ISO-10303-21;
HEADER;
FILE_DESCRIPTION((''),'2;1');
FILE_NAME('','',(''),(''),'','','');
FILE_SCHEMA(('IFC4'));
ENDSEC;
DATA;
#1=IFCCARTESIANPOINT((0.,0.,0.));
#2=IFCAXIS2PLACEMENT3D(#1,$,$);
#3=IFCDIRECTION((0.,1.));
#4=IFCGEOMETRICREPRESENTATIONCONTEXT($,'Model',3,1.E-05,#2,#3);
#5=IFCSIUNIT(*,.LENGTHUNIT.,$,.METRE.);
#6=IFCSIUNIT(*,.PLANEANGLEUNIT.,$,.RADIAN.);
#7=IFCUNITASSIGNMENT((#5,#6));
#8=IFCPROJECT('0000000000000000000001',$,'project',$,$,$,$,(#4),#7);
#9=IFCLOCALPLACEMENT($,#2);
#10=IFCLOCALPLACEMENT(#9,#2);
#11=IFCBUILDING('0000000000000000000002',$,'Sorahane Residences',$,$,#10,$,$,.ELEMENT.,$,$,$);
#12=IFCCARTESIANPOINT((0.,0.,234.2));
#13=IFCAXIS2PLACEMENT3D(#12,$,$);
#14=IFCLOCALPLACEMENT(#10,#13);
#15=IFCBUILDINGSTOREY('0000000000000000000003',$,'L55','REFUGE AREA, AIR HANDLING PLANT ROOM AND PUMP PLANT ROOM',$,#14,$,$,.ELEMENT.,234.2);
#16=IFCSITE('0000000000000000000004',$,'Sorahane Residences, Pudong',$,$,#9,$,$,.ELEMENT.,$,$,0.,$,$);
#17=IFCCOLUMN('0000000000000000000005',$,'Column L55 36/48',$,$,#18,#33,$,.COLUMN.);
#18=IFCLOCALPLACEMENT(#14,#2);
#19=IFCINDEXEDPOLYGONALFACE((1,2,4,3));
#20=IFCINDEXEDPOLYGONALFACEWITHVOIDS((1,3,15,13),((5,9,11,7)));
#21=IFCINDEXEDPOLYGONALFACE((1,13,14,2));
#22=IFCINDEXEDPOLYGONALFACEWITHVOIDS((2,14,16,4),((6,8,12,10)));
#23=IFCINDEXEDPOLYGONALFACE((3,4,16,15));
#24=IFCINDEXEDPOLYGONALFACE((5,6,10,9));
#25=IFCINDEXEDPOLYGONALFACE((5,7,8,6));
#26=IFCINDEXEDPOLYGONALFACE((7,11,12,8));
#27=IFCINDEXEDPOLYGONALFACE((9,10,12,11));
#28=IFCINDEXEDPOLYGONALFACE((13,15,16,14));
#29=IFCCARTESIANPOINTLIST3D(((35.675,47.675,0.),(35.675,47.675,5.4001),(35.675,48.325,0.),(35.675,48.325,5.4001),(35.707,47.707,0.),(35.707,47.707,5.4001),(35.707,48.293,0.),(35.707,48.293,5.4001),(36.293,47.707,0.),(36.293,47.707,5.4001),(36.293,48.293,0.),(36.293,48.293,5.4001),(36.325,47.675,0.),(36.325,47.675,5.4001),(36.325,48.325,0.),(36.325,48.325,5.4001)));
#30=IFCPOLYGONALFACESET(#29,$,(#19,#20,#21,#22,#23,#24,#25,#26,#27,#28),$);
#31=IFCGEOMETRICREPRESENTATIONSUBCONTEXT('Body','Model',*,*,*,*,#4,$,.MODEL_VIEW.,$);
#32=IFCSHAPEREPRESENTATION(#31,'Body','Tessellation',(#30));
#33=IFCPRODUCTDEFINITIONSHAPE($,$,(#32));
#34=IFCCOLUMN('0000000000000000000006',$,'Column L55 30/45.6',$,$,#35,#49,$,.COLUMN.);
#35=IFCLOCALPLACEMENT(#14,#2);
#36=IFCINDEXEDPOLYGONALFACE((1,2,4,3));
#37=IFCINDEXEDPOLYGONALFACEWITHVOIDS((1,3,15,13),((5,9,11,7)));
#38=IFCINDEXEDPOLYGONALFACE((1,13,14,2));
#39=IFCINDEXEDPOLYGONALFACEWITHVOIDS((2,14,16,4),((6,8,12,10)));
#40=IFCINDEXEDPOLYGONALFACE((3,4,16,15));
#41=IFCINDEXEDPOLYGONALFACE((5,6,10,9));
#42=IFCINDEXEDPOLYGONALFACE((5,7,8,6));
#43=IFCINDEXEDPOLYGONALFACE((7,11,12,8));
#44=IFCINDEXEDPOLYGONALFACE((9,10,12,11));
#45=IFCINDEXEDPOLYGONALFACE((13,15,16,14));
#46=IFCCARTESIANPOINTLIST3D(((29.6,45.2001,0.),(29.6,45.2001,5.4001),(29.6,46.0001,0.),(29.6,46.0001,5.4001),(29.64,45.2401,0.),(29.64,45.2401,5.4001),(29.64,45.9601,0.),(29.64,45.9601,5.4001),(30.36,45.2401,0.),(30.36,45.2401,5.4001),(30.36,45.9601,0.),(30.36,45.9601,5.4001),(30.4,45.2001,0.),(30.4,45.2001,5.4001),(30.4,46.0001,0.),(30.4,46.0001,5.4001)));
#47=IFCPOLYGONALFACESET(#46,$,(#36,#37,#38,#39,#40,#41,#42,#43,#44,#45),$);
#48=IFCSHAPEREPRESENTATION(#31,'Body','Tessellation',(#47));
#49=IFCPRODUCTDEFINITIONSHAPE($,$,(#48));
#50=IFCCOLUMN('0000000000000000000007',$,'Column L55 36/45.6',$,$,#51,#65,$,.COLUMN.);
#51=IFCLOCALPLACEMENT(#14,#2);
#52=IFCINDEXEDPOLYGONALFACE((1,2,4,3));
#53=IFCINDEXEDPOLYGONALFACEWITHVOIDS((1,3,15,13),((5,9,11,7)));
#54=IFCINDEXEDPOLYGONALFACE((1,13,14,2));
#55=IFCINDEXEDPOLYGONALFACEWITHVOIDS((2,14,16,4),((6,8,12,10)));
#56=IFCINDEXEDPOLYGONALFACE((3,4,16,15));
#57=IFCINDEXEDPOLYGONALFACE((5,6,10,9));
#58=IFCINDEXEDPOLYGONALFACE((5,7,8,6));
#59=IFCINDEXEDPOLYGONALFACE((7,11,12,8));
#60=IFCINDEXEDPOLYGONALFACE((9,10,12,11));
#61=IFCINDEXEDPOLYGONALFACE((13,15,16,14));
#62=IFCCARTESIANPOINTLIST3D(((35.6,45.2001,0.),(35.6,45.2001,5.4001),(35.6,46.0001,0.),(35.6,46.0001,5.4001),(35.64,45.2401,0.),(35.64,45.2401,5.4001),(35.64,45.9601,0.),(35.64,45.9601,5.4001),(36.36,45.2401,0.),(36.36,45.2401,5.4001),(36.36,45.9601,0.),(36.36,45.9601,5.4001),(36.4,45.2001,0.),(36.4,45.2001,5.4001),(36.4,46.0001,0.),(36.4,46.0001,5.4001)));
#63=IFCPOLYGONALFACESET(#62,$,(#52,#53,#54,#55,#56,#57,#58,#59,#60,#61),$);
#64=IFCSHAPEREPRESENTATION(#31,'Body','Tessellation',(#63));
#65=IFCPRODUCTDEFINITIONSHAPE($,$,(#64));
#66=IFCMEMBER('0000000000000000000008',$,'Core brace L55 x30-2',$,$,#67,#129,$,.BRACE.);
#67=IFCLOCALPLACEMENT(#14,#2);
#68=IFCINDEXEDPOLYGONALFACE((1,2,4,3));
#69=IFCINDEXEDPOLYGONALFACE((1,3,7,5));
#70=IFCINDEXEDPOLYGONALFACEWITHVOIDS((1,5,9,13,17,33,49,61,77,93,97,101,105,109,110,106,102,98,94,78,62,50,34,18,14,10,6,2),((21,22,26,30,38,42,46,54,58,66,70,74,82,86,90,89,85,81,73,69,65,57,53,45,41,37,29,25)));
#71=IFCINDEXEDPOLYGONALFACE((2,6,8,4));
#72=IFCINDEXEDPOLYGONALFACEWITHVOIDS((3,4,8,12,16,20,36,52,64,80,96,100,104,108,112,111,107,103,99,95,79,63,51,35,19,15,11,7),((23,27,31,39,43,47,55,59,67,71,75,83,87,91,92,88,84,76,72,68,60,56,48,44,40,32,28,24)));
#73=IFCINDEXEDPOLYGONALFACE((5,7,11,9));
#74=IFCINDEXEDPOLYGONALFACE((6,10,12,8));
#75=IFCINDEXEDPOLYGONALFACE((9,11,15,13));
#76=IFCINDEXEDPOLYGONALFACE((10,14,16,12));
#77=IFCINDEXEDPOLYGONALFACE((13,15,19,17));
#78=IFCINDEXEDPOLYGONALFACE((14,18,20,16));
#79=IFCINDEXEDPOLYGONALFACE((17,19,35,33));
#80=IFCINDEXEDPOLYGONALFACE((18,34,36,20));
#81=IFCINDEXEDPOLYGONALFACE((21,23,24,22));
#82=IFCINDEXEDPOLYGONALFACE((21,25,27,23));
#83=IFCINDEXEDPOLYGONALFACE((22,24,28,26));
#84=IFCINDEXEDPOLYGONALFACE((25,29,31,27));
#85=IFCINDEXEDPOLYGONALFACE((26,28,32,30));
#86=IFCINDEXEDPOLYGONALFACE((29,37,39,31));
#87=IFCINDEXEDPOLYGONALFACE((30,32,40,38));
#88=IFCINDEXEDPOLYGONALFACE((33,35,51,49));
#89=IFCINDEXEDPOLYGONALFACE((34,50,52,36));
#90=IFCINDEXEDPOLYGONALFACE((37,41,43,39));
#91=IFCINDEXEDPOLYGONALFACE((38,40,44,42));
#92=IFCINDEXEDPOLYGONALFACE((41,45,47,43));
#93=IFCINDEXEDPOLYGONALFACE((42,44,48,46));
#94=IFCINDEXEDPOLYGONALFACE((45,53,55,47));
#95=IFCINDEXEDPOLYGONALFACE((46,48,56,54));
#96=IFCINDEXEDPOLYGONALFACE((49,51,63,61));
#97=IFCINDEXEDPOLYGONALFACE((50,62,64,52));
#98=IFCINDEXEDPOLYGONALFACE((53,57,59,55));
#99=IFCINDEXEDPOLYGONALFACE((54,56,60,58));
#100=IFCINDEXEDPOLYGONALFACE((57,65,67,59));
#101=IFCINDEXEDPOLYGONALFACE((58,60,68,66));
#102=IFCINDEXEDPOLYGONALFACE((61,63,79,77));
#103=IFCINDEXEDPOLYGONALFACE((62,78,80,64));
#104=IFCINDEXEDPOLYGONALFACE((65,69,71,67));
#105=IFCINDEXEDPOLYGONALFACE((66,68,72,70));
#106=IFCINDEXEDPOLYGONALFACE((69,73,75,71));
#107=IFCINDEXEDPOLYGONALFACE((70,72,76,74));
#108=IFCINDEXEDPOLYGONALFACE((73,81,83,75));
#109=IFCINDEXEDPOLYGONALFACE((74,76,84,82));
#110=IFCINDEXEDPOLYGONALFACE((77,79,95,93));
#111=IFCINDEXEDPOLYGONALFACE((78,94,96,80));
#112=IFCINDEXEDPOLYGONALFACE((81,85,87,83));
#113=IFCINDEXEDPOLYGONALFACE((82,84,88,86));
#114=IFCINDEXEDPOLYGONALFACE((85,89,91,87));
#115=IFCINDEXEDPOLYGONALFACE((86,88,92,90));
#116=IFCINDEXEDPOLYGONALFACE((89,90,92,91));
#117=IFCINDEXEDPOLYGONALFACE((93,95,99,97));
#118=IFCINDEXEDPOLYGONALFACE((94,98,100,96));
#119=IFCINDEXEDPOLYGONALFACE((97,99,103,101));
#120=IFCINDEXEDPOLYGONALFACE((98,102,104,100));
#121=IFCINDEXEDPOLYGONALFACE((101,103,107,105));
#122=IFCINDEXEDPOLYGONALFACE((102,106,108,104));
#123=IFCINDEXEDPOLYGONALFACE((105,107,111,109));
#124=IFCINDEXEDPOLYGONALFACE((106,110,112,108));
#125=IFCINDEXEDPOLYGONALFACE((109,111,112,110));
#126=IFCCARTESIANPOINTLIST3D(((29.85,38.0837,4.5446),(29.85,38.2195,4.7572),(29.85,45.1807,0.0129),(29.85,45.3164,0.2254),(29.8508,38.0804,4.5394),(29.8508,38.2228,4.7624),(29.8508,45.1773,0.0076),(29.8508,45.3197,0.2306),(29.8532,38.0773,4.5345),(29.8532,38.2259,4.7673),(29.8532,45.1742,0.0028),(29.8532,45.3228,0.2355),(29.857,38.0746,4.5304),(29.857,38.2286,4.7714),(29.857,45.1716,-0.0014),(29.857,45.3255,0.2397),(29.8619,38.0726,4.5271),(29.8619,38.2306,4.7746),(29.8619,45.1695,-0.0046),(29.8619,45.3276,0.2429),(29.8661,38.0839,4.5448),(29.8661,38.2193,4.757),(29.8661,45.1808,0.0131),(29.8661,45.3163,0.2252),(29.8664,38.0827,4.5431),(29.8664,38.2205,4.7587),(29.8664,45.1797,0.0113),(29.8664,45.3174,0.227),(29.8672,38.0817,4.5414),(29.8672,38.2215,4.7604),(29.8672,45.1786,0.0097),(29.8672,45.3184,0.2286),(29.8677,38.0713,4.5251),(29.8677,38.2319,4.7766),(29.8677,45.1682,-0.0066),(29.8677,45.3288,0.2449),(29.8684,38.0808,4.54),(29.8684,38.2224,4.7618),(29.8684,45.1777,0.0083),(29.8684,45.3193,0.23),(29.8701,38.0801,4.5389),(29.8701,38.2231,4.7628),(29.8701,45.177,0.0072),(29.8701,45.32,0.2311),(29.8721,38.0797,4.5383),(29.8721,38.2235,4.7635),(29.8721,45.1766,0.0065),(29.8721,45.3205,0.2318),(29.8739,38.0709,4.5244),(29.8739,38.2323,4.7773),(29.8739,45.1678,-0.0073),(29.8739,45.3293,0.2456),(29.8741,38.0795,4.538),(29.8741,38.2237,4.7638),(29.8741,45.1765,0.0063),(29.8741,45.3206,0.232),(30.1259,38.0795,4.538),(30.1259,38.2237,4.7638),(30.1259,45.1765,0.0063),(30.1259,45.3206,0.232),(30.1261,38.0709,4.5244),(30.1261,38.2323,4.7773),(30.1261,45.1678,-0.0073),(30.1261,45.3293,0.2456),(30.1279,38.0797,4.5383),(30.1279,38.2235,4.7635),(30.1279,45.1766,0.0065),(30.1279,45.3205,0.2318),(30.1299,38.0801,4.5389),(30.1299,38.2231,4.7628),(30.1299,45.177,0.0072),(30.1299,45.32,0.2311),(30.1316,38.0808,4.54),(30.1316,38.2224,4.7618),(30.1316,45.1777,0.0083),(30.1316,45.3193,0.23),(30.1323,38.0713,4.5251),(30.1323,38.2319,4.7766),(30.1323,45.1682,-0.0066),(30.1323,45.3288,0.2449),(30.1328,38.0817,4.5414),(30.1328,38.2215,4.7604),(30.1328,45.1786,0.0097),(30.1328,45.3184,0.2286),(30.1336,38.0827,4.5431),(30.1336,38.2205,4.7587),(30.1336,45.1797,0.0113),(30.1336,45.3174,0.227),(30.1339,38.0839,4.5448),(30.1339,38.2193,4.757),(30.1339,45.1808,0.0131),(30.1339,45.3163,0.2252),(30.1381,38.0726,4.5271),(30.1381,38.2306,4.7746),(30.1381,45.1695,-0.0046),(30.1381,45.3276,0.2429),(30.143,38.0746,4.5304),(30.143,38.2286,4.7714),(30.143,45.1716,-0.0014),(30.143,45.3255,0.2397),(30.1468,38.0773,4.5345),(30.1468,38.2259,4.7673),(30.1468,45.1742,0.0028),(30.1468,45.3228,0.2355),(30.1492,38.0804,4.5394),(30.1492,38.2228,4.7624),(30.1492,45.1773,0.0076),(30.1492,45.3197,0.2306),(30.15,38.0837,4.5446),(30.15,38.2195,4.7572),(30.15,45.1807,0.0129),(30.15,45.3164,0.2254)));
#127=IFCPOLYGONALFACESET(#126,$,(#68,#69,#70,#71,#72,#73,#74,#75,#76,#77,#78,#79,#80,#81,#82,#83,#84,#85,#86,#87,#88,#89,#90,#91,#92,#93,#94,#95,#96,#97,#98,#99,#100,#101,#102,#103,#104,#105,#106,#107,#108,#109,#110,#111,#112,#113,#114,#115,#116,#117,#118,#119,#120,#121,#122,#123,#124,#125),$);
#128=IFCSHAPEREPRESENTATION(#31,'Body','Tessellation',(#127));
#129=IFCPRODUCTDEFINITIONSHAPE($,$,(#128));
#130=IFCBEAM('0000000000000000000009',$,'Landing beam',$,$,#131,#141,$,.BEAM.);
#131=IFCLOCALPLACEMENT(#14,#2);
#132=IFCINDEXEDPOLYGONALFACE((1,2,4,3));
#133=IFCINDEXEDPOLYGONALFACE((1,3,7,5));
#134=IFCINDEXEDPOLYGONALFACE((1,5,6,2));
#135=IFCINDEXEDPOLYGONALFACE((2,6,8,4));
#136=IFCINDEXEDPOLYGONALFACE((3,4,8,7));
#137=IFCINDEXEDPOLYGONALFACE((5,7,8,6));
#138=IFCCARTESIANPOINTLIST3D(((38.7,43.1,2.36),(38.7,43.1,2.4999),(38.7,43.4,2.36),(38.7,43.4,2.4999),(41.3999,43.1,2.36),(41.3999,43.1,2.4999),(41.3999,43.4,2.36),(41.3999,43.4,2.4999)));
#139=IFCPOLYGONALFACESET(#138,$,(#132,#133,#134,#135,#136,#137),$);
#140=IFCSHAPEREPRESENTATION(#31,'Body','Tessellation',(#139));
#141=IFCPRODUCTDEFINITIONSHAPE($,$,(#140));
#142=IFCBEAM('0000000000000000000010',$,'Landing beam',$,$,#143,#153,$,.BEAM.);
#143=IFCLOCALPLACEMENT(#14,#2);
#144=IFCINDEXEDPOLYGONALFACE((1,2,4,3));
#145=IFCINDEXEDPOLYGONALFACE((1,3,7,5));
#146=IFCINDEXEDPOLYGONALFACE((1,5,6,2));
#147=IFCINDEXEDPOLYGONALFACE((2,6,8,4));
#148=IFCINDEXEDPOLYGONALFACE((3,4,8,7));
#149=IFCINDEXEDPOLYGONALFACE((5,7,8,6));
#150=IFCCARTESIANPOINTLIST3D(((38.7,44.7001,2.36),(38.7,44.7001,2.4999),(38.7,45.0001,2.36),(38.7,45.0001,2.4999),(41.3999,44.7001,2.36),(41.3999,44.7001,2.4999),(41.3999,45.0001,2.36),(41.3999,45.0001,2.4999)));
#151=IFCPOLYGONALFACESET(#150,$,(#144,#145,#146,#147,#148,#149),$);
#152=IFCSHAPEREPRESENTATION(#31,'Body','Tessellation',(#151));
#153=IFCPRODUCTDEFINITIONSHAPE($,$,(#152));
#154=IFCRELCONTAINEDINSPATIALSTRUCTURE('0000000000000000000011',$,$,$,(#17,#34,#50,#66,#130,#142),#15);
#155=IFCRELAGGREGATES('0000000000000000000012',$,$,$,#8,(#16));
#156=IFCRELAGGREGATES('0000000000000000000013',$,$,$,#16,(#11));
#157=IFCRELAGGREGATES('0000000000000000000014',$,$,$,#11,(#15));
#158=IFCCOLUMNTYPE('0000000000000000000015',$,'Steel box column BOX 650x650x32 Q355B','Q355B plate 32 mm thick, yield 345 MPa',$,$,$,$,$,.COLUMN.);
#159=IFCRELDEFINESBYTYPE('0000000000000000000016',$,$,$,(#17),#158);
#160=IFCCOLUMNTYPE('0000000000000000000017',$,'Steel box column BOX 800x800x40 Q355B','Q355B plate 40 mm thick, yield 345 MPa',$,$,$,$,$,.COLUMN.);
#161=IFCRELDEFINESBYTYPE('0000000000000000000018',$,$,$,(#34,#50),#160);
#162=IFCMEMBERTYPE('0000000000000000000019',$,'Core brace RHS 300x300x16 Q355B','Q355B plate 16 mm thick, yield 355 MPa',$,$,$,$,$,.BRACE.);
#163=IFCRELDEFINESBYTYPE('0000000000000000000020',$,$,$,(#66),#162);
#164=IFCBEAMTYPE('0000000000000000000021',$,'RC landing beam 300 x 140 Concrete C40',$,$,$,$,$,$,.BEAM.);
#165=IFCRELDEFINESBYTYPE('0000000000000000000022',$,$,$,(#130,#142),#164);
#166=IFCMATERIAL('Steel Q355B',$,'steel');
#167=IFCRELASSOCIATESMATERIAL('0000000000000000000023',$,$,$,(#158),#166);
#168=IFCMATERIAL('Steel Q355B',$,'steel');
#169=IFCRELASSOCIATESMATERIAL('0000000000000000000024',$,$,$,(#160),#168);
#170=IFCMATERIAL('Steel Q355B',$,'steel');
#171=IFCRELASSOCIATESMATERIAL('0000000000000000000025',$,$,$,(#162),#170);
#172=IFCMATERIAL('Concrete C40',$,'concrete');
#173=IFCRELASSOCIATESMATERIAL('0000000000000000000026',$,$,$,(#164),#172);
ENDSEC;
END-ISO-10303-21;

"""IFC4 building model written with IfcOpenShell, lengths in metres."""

from ifc_helpers import new_model, si_unit, direction, frame, origin, origin_2d, place, context, subcontext, project, spatial, rectangle, hollow_rectangle, extrude, material, material_profile, profile_set, type_object, element, save


model = new_model("IFC4")

# Units and contexts
model_context = context("Model", 3, precision=1e-05, world=origin(), true_north=direction((0.0, 1.0)))
body_context = subcontext(model_context, "Body", "Model", "MODEL_VIEW")
ifc_project = project(units=[si_unit("LENGTHUNIT", "METRE"), si_unit("PLANEANGLEUNIT", "RADIAN")], contexts=[model_context])

# Site, building, storey
site_placement = place(None, origin())
site = spatial("IfcSite", under=ifc_project, at=site_placement, Name="Sorahane Residences, Pudong", CompositionType="ELEMENT", RefElevation=0.0)
building_placement = place(site_placement, origin())
building = spatial("IfcBuilding", under=site, at=building_placement, Name="Sorahane Residences", CompositionType="ELEMENT")
storey_placement = place(building_placement, frame((0.0, 0.0, 234.2)))
storey = spatial("IfcBuildingStorey", under=building, at=storey_placement, Name="L55", Description="REFUGE AREA, AIR HANDLING PLANT ROOM AND PUMP PLANT ROOM", CompositionType="ELEMENT", Elevation=234.2)

# Columns
ifc_material_1 = material(Name="Steel Q355B", Category="steel")
ifc_material_profile_1 = material_profile(ifc_material_1, hollow_rectangle(XDim=0.6499, YDim=0.6499, WallThickness=0.032, at=origin_2d()), Name="BOX 650x650x32")
ifc_profile_set_1 = profile_set([ifc_material_profile_1], Name="Steel Q355B")
column_type_1 = type_object("IfcColumnType", Name="Steel box column BOX 650x650x32 Q355B", Description="Q355B plate 32 mm thick, yield 345 MPa", PredefinedType="COLUMN", material=ifc_profile_set_1)
column_placement = place(storey_placement, frame((36.0, 48.0, 0.0), z_axis=(0.0, 0.0, 1.0), x_axis=(1.0, 0.0, 0.0)))
element("IfcColumn", 1, at=column_placement, inside=storey, type_object=column_type_1, Name="Column L55 36/48", PredefinedType="COLUMN", context=body_context, shape_type="SweptSolid", body=[
    extrude(hollow_rectangle(XDim=0.6499, YDim=0.6499, WallThickness=0.032, at=origin_2d()), origin(), (0.0, 0.0, 1.0), 5.4001),
])
ifc_material_2 = material(Name="Steel Q355B", Category="steel")
ifc_material_profile_2 = material_profile(ifc_material_2, hollow_rectangle(XDim=0.8, YDim=0.8, WallThickness=0.04, at=origin_2d()), Name="BOX 800x800x40")
ifc_profile_set_2 = profile_set([ifc_material_profile_2], Name="Steel Q355B")
column_type_2 = type_object("IfcColumnType", Name="Steel box column BOX 800x800x40 Q355B", Description="Q355B plate 40 mm thick, yield 345 MPa", PredefinedType="COLUMN", material=ifc_profile_set_2)
for number, where, z_axis, x_axis, name in (
    (2, (30.0, 45.6001, 0.0), (0.0, 0.0, 1.0), (1.0, 0.0, 0.0), "Column L55 30/45.6"),
    (3, (36.0, 45.6001, 0.0), (0.0, 0.0, 1.0), (1.0, 0.0, 0.0), "Column L55 36/45.6"),
):
    element("IfcColumn", number, at=place(storey_placement, frame(where, z_axis=z_axis, x_axis=x_axis)), inside=storey, type_object=column_type_2, Name=name, PredefinedType="COLUMN", context=body_context, shape_type="SweptSolid", body=[
        extrude(hollow_rectangle(XDim=0.8, YDim=0.8, WallThickness=0.04, at=origin_2d()), origin(), (0.0, 0.0, 1.0), 5.4001),
    ])

# Member
ifc_material_3 = material(Name="Steel Q355B", Category="steel")
ifc_material_profile_3 = material_profile(ifc_material_3, hollow_rectangle(XDim=0.3, YDim=0.3, WallThickness=0.0161, InnerFilletRadius=0.0081, OuterFilletRadius=0.0239, at=origin_2d()), Name="RHS 300x300x16")
ifc_profile_set_3 = profile_set([ifc_material_profile_3], Name="Steel Q355B")
member_type = type_object("IfcMemberType", Name="Core brace RHS 300x300x16 Q355B", Description="Q355B plate 16 mm thick, yield 355 MPa", PredefinedType="BRACE", material=ifc_profile_set_3)
member_placement = place(storey_placement, frame((30.0, 45.2485, 0.1191), z_axis=(0.0, -0.842826, 0.538186), x_axis=(1.0, 0.0, 0.0)))
element("IfcMember", 4, at=member_placement, inside=storey, type_object=member_type, Name="Core brace L55 x30-2", PredefinedType="BRACE", context=body_context, shape_type="SweptSolid", body=[
    extrude(hollow_rectangle(XDim=0.3, YDim=0.3, WallThickness=0.0161, InnerFilletRadius=0.0081, OuterFilletRadius=0.0239, at=origin_2d()), origin(), (0.0, 0.0, 1.0), 8.4204),
])

# Beams
ifc_material_4 = material(Name="Concrete C40", Category="concrete")
ifc_material_profile_4 = material_profile(ifc_material_4, rectangle(XDim=0.3, YDim=0.1399, at=origin_2d()), Name="300x140")
ifc_profile_set_4 = profile_set([ifc_material_profile_4], Name="Concrete C40")
beam_type_1 = type_object("IfcBeamType", Name="RC landing beam 300 x 140 Concrete C40", PredefinedType="BEAM", material=ifc_profile_set_4)
for number, where, z_axis, x_axis, name in (
    (5, (38.7, 43.25, 2.4299), (1.0, 0.0, 0.0), (0.0, 1.0, 0.0), "Landing beam"),
    (6, (38.7, 44.8501, 2.4299), (1.0, 0.0, 0.0), (0.0, 1.0, 0.0), "Landing beam"),
):
    element("IfcBeam", number, at=place(storey_placement, frame(where, z_axis=z_axis, x_axis=x_axis)), inside=storey, type_object=beam_type_1, Name=name, PredefinedType="BEAM", context=body_context, shape_type="SweptSolid", body=[
        extrude(rectangle(XDim=0.3, YDim=0.1399, at=origin_2d()), origin(), (0.0, 0.0, 1.0), 2.7),
    ])

save(model, "model.ifc")
